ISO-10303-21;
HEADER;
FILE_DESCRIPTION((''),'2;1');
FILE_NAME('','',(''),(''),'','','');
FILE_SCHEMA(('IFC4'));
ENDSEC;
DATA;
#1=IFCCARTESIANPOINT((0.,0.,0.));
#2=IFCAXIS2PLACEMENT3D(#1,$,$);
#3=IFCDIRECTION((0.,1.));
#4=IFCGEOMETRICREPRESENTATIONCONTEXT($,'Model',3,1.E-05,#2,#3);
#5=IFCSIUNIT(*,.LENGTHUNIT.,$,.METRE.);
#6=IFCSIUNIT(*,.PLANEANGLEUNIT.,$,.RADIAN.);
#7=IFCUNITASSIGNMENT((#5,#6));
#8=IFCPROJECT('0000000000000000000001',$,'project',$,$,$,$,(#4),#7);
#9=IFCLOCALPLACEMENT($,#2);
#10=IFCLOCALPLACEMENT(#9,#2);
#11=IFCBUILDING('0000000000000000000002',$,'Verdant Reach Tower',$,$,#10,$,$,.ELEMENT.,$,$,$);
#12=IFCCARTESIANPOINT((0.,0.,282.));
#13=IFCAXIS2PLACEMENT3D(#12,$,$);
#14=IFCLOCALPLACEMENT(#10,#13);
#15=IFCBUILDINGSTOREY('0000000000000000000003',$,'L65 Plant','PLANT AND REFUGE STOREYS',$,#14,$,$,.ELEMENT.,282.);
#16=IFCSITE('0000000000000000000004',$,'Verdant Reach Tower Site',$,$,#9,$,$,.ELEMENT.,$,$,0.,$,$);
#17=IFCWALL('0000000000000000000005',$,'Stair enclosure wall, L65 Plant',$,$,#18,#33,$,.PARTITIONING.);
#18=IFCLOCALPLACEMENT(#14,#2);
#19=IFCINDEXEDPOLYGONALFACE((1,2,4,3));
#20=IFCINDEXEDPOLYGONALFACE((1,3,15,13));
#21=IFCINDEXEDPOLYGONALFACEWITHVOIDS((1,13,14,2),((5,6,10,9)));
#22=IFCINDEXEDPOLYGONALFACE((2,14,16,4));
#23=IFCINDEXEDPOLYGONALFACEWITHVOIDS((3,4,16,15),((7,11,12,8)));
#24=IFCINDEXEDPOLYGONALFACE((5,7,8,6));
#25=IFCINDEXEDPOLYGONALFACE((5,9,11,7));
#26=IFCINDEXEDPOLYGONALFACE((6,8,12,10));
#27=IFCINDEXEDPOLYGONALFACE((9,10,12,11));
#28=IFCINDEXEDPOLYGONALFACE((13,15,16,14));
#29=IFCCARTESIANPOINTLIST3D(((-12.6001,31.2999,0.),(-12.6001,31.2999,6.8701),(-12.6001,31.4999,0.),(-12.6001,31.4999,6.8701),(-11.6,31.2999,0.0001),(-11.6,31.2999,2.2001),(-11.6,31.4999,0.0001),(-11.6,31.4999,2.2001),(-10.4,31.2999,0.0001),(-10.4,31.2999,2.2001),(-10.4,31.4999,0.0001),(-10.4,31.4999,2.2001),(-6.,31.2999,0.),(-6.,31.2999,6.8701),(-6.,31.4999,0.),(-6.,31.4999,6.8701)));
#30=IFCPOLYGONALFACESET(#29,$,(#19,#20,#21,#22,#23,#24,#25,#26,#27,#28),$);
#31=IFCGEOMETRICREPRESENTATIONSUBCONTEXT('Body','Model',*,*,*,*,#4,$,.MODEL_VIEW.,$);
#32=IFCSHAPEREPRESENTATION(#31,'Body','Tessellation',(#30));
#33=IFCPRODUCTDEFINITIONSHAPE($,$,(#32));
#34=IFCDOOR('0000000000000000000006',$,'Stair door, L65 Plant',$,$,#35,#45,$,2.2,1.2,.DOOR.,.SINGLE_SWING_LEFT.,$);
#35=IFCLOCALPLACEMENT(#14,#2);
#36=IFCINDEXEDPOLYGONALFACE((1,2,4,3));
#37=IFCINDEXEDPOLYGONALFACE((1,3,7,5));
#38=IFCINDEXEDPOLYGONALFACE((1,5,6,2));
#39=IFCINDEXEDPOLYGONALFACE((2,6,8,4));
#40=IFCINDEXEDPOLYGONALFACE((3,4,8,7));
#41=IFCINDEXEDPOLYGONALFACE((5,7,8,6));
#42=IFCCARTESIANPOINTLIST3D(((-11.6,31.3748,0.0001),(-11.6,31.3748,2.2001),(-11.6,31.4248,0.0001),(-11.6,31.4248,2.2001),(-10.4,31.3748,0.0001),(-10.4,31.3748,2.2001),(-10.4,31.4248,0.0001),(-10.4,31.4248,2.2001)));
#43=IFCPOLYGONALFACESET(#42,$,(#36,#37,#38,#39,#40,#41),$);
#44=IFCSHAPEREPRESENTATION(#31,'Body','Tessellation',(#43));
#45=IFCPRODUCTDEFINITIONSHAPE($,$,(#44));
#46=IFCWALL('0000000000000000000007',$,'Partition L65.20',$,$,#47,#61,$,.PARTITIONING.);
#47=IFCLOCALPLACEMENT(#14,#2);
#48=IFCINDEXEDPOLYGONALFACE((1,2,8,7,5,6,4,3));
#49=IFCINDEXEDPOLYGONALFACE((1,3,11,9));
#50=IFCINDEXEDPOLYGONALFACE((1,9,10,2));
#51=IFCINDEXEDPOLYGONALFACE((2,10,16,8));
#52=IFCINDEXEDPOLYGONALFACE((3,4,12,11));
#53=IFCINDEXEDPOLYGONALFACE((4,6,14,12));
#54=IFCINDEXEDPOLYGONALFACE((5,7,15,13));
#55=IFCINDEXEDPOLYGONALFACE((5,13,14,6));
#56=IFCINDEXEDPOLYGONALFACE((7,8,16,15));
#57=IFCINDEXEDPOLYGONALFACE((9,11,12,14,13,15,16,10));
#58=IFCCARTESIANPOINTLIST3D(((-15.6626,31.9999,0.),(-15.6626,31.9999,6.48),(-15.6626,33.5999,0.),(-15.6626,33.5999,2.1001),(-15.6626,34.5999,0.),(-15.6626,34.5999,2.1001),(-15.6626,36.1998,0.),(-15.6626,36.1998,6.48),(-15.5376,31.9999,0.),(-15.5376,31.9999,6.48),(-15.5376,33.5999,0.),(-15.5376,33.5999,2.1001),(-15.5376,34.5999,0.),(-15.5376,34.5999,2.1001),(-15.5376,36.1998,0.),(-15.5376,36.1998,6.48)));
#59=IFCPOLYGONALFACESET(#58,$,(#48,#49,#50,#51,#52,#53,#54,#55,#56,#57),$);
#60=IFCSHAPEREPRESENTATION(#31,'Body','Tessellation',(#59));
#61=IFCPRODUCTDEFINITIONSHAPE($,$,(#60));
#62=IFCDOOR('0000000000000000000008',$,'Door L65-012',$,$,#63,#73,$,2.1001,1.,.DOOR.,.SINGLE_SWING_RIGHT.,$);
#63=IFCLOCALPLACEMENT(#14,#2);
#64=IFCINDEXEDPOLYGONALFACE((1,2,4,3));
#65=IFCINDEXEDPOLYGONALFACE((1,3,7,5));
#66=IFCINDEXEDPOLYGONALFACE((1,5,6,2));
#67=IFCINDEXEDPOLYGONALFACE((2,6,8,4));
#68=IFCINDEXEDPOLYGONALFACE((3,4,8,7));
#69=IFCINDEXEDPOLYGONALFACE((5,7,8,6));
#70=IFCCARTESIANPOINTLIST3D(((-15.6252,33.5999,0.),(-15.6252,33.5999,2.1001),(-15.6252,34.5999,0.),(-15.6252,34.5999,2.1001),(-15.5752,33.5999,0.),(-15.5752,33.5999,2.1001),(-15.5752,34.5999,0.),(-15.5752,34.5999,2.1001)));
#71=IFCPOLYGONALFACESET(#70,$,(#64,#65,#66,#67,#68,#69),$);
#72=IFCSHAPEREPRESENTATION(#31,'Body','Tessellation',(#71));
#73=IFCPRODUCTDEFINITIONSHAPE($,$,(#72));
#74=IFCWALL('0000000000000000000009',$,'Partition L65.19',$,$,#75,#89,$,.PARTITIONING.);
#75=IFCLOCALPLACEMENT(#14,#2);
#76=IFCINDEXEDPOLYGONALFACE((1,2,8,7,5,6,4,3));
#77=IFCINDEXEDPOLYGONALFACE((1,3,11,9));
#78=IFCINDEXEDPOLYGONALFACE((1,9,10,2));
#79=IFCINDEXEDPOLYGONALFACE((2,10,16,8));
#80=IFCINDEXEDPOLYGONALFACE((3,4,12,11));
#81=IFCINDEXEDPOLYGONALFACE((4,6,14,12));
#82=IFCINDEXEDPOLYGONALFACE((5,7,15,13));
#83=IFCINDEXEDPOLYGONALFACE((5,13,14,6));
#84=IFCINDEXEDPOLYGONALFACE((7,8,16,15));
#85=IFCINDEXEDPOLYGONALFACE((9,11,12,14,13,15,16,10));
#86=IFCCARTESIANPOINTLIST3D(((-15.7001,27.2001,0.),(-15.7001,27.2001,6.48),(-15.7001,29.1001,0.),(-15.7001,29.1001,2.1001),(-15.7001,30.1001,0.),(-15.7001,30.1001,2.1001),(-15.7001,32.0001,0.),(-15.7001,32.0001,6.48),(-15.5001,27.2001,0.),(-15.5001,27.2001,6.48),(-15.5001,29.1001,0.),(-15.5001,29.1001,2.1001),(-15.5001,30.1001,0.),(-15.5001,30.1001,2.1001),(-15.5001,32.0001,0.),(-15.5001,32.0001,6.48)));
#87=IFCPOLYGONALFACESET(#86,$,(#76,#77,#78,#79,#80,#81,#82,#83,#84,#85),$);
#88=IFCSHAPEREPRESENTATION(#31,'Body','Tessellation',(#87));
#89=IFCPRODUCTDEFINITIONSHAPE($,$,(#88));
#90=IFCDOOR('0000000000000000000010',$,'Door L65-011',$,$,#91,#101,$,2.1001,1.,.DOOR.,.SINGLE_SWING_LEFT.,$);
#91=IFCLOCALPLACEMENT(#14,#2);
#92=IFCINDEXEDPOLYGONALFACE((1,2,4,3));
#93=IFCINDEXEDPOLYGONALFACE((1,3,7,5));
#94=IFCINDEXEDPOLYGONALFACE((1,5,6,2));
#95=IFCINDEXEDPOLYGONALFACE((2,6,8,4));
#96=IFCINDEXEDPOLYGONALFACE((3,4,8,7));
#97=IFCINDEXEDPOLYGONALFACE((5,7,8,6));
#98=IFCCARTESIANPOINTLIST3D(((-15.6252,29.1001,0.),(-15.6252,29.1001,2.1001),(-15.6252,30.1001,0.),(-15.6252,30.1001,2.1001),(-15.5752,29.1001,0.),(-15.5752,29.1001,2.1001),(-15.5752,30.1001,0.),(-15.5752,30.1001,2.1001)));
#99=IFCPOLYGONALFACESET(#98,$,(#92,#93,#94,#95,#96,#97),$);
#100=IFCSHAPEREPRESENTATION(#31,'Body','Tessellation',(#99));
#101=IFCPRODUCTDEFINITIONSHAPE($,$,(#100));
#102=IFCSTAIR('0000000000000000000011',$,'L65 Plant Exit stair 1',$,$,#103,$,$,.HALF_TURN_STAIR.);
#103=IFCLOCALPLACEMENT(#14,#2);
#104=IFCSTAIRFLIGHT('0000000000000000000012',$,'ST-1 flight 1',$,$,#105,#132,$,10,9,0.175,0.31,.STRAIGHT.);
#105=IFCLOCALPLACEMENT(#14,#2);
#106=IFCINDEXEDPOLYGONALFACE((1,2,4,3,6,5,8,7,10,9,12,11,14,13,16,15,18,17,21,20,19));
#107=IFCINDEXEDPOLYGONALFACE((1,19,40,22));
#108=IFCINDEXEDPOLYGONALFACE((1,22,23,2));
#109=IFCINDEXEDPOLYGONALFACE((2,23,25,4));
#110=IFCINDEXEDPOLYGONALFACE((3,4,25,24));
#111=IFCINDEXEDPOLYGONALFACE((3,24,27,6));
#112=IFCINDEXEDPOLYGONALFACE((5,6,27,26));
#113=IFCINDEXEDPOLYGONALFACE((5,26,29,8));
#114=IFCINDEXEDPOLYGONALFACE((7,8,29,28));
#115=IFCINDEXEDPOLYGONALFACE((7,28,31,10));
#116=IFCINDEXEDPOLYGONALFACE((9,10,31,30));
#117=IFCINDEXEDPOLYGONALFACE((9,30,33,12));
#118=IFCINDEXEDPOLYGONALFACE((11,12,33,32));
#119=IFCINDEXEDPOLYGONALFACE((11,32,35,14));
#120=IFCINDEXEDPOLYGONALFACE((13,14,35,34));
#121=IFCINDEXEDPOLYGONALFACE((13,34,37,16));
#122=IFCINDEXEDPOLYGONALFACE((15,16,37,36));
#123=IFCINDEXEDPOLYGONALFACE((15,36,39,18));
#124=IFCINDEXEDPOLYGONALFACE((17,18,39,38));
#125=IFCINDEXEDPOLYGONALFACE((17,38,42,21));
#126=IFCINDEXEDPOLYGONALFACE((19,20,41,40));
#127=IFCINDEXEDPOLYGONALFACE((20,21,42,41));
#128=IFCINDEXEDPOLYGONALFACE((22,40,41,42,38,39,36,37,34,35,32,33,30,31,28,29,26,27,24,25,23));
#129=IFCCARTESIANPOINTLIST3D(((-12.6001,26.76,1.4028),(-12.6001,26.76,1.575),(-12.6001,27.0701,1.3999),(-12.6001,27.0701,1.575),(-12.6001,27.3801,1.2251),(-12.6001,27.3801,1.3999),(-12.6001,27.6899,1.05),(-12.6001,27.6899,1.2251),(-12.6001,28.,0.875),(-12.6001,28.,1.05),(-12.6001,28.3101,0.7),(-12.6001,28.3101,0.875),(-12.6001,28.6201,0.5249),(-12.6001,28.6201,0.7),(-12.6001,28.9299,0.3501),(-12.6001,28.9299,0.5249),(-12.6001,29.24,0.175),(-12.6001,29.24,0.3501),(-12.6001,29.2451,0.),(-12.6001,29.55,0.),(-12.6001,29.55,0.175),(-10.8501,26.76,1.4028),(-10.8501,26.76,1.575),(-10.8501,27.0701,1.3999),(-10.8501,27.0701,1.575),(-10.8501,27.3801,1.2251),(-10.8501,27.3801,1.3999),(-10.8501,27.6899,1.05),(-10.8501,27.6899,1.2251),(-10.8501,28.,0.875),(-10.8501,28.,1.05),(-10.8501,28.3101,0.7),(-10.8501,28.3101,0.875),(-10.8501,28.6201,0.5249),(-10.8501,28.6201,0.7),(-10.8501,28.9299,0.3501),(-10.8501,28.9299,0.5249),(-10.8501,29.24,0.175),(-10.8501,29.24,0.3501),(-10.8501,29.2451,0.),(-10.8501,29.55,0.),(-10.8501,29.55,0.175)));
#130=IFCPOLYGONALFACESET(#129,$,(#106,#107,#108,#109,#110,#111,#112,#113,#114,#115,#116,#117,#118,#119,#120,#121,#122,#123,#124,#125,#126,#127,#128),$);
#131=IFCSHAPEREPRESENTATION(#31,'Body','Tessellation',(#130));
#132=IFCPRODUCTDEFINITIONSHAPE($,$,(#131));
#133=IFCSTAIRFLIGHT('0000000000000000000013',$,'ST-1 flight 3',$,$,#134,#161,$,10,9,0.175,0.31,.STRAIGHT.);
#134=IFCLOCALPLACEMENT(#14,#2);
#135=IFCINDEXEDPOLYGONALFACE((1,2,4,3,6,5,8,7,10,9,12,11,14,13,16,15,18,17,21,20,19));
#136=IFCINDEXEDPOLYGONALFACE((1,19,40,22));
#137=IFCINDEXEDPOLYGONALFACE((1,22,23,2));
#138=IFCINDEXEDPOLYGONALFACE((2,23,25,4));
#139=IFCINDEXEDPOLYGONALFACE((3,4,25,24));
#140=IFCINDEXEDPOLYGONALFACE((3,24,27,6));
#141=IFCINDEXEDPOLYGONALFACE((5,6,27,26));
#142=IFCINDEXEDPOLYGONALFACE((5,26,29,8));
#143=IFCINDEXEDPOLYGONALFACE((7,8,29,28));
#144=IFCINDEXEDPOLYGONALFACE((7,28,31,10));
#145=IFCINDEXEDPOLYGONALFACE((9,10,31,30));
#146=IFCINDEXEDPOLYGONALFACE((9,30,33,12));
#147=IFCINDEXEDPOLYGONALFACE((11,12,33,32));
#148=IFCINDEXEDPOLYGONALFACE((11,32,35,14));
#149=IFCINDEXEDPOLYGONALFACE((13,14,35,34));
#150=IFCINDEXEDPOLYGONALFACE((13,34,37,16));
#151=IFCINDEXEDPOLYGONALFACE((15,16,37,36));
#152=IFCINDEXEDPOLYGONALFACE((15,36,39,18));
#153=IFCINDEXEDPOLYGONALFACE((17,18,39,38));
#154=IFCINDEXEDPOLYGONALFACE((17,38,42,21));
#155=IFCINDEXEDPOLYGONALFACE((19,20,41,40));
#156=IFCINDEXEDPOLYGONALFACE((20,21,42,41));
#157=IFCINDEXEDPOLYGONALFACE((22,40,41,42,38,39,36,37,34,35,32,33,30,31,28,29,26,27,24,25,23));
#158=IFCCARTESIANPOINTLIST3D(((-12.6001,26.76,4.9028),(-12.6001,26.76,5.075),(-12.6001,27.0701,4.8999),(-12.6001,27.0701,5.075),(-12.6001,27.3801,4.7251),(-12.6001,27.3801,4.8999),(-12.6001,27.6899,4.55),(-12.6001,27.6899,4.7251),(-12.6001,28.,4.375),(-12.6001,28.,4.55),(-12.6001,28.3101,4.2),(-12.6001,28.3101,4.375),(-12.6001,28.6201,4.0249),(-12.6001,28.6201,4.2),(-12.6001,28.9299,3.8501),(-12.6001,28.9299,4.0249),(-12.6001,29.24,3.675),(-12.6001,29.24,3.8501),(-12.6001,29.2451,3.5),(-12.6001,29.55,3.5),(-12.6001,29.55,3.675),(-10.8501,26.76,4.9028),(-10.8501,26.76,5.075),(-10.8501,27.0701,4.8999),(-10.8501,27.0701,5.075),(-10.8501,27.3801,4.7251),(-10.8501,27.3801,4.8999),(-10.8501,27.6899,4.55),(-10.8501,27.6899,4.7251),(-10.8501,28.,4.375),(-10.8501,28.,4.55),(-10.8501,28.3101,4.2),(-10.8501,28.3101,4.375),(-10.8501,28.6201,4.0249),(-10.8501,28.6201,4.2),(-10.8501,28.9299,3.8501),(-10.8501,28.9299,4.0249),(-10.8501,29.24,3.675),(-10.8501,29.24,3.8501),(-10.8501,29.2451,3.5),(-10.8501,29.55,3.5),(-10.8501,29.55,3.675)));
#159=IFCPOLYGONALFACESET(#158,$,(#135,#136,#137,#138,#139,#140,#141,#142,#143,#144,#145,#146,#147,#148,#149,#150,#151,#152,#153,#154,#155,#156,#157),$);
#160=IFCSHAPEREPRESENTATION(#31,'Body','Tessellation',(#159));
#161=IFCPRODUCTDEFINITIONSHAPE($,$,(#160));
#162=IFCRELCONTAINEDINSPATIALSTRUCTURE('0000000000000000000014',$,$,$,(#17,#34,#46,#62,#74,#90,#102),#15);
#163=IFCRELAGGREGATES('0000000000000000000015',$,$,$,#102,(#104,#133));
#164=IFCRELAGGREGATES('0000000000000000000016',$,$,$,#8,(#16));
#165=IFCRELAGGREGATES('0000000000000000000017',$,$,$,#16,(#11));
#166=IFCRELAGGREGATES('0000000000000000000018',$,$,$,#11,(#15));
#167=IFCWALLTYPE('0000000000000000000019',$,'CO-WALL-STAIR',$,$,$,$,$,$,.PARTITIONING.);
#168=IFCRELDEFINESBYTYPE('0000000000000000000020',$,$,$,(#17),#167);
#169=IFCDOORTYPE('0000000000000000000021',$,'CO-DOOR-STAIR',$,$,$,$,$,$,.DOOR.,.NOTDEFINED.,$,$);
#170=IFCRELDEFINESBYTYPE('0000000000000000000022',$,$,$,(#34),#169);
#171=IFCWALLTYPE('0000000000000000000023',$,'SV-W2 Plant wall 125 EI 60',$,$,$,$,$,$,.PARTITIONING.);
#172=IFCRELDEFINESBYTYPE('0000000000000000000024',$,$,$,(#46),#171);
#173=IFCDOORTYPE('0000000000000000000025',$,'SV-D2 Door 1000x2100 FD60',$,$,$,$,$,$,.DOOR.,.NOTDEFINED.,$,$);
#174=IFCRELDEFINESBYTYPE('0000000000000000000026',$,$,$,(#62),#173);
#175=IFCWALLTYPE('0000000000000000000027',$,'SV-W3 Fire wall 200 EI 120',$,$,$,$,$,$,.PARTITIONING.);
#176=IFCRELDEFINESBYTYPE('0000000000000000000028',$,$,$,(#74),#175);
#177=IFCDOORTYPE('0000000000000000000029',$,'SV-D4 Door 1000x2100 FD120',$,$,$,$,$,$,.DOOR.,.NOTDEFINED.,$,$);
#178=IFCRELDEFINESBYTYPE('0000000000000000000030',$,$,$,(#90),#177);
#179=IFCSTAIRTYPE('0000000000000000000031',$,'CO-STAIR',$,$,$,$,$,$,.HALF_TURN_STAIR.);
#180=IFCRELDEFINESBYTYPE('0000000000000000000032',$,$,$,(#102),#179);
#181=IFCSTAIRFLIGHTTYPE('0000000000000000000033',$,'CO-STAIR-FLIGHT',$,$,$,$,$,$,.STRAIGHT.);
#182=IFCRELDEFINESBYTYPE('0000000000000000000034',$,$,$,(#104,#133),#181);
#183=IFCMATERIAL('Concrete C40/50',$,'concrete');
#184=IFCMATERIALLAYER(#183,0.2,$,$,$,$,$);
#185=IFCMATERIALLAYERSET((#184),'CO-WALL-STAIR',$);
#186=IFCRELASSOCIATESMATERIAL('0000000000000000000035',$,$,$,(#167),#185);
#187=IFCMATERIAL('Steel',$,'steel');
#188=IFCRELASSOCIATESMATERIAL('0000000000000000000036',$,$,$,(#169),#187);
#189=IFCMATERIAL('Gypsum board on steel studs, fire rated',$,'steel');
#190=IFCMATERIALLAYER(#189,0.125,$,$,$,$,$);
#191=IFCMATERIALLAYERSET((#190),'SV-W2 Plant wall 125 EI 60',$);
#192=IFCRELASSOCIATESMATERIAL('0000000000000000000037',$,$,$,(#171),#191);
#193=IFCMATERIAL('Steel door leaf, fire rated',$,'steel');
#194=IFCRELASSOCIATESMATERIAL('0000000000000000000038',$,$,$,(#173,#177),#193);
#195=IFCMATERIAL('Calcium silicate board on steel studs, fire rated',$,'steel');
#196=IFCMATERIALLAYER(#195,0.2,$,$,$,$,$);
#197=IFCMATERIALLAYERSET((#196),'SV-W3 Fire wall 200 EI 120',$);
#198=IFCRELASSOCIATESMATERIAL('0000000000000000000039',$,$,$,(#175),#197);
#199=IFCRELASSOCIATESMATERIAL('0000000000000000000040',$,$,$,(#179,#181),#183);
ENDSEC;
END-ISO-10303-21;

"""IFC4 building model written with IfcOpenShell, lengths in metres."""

from ifc_helpers import new_model, si_unit, direction, frame, frame_2d, origin, place, context, subcontext, project, spatial, polyline, rectangle, outline, extrude, material, layer, layer_set, type_object, element, fill, aggregate, save


model = new_model("IFC4")

# Units and contexts
model_context = context("Model", 3, precision=1e-05, world=origin(), true_north=direction((0.0, 1.0)))
body_context = subcontext(model_context, "Body", "Model", "MODEL_VIEW")
ifc_project = project(units=[si_unit("LENGTHUNIT", "METRE"), si_unit("PLANEANGLEUNIT", "RADIAN")], contexts=[model_context])

# Site, building, storey
site_placement = place(None, origin())
site = spatial("IfcSite", under=ifc_project, at=site_placement, Name="Verdant Reach Tower Site", CompositionType="ELEMENT", RefElevation=0.0)
building_placement = place(site_placement, origin())
building = spatial("IfcBuilding", under=site, at=building_placement, Name="Verdant Reach Tower", CompositionType="ELEMENT")
storey_placement = place(building_placement, frame((0.0, 0.0, 282.0)))
storey = spatial("IfcBuildingStorey", under=building, at=storey_placement, Name="L65 Plant", Description="PLANT AND REFUGE STOREYS", CompositionType="ELEMENT", Elevation=282.0)

# Shared definitions
ifc_material_1 = material(Name="Concrete C40/50", Category="concrete")
ifc_material_2 = material(Name="Steel", Category="steel")

# Walls, openings, doors
ifc_layer_1 = layer(ifc_material_1, 0.2)
ifc_layer_set_1 = layer_set([ifc_layer_1], Name="CO-WALL-STAIR")
wall_type_1 = type_object("IfcWallType", Name="CO-WALL-STAIR", PredefinedType="PARTITIONING", material=ifc_layer_set_1)
wall_1_placement = place(storey_placement, frame((-12.6001, 31.3999, 0.0), z_axis=(0.0, 0.0, 1.0), x_axis=(1.0, 0.0, 0.0)))
wall_1 = element("IfcWall", 1, at=wall_1_placement, inside=storey, type_object=wall_type_1, Name="Stair enclosure wall, L65 Plant", PredefinedType="PARTITIONING", context=body_context, shape_type="SweptSolid", body=[
    extrude(rectangle(XDim=6.6001, YDim=0.2, at=frame_2d((3.3, 0.0))), origin(), (0.0, 0.0, 1.0), 6.8701),
])
opening_1_placement = place(wall_1_placement, frame((1.0, 0.0, 0.0)))
opening_1 = element("IfcOpeningElement", 2, at=opening_1_placement, cuts=wall_1, PredefinedType="OPENING", context=body_context, shape_type="SweptSolid", body=[
    extrude(rectangle(XDim=1.2, YDim=2.2, at=frame_2d((0.6001, 1.1001))), frame((0.0, 0.1099, 0.0), z_axis=(0.0, -1.0, 0.0), x_axis=(1.0, 0.0, 0.0)), (0.0, 0.0, 1.0), 0.22),
])
door_type_1 = type_object("IfcDoorType", Name="CO-DOOR-STAIR", OperationType="NOTDEFINED", PredefinedType="DOOR", material=ifc_material_2)
door_1_placement = place(opening_1_placement, origin())
door_1 = element("IfcDoor", 3, at=door_1_placement, inside=storey, type_object=door_type_1, Name="Stair door, L65 Plant", OperationType="SINGLE_SWING_LEFT", OverallHeight=2.2, OverallWidth=1.2, PredefinedType="DOOR", context=body_context, shape_type="SweptSolid", body=[
    extrude(rectangle(XDim=1.2, YDim=2.2, at=frame_2d((0.6001, 1.1001))), frame((0.0, 0.0249, 0.0), z_axis=(0.0, -1.0, 0.0), x_axis=(1.0, 0.0, 0.0)), (0.0, 0.0, 1.0), 0.05),
])
fill(opening_1, door_1)
ifc_material_3 = material(Name="Gypsum board on steel studs, fire rated", Category="steel")
ifc_layer_2 = layer(ifc_material_3, 0.125)
ifc_layer_set_2 = layer_set([ifc_layer_2], Name="SV-W2 Plant wall 125 EI 60")
wall_type_2 = type_object("IfcWallType", Name="SV-W2 Plant wall 125 EI 60", PredefinedType="PARTITIONING", material=ifc_layer_set_2)
wall_2_placement = place(storey_placement, frame((-15.6001, 36.2, 0.0), z_axis=(0.0, 0.0, 1.0), x_axis=(0.0, -1.0, 0.0)))
wall_2 = element("IfcWall", 4, at=wall_2_placement, inside=storey, type_object=wall_type_2, Name="Partition L65.20", PredefinedType="PARTITIONING", context=body_context, shape_type="SweptSolid", body=[
    extrude(rectangle(XDim=4.2, YDim=0.125, at=frame_2d((2.1001, 0.0))), origin(), (0.0, 0.0, 1.0), 6.48),
])
opening_2_placement = place(wall_2_placement, frame((1.6001, 0.0, 0.0)))
opening_2 = element("IfcOpeningElement", 5, at=opening_2_placement, cuts=wall_2, PredefinedType="OPENING", context=body_context, shape_type="SweptSolid", body=[
    extrude(rectangle(XDim=1.0, YDim=2.1001, at=frame_2d((0.5, 1.05))), frame((0.0, 0.0725, 0.0), z_axis=(0.0, -1.0, 0.0), x_axis=(1.0, 0.0, 0.0)), (0.0, 0.0, 1.0), 0.145),
])
ifc_material_4 = material(Name="Steel door leaf, fire rated", Category="steel")
door_type_2 = type_object("IfcDoorType", Name="SV-D2 Door 1000x2100 FD60", OperationType="NOTDEFINED", PredefinedType="DOOR", material=ifc_material_4)
door_2_placement = place(opening_2_placement, origin())
door_2 = element("IfcDoor", 6, at=door_2_placement, inside=storey, type_object=door_type_2, Name="Door L65-012", OperationType="SINGLE_SWING_RIGHT", OverallHeight=2.1001, OverallWidth=1.0, PredefinedType="DOOR", context=body_context, shape_type="SweptSolid", body=[
    extrude(rectangle(XDim=1.0, YDim=2.1001, at=frame_2d((0.5, 1.05))), frame((0.0, 0.0249, 0.0), z_axis=(0.0, -1.0, 0.0), x_axis=(1.0, 0.0, 0.0)), (0.0, 0.0, 1.0), 0.05),
])
fill(opening_2, door_2)
ifc_material_5 = material(Name="Calcium silicate board on steel studs, fire rated", Category="steel")
ifc_layer_3 = layer(ifc_material_5, 0.2)
ifc_layer_set_3 = layer_set([ifc_layer_3], Name="SV-W3 Fire wall 200 EI 120")
wall_type_3 = type_object("IfcWallType", Name="SV-W3 Fire wall 200 EI 120", PredefinedType="PARTITIONING", material=ifc_layer_set_3)
wall_3_placement = place(storey_placement, frame((-15.6001, 32.0, 0.0), z_axis=(0.0, 0.0, 1.0), x_axis=(0.0, -1.0, 0.0)))
wall_3 = element("IfcWall", 7, at=wall_3_placement, inside=storey, type_object=wall_type_3, Name="Partition L65.19", PredefinedType="PARTITIONING", context=body_context, shape_type="SweptSolid", body=[
    extrude(rectangle(XDim=4.8, YDim=0.2, at=frame_2d((2.3999, 0.0))), origin(), (0.0, 0.0, 1.0), 6.48),
])
opening_3_placement = place(wall_3_placement, frame((1.8999, 0.0, 0.0)))
opening_3 = element("IfcOpeningElement", 8, at=opening_3_placement, cuts=wall_3, PredefinedType="OPENING", context=body_context, shape_type="SweptSolid", body=[
    extrude(rectangle(XDim=1.0, YDim=2.1001, at=frame_2d((0.5, 1.05))), frame((0.0, 0.1099, 0.0), z_axis=(0.0, -1.0, 0.0), x_axis=(1.0, 0.0, 0.0)), (0.0, 0.0, 1.0), 0.22),
])
door_type_3 = type_object("IfcDoorType", Name="SV-D4 Door 1000x2100 FD120", OperationType="NOTDEFINED", PredefinedType="DOOR", material=ifc_material_4)
door_3_placement = place(opening_3_placement, origin())
door_3 = element("IfcDoor", 9, at=door_3_placement, inside=storey, type_object=door_type_3, Name="Door L65-011", OperationType="SINGLE_SWING_LEFT", OverallHeight=2.1001, OverallWidth=1.0, PredefinedType="DOOR", context=body_context, shape_type="SweptSolid", body=[
    extrude(rectangle(XDim=1.0, YDim=2.1001, at=frame_2d((0.5, 1.05))), frame((0.0, 0.0249, 0.0), z_axis=(0.0, -1.0, 0.0), x_axis=(1.0, 0.0, 0.0)), (0.0, 0.0, 1.0), 0.05),
])
fill(opening_3, door_3)

# Stair, stair flights
stair_type = type_object("IfcStairType", Name="CO-STAIR", PredefinedType="HALF_TURN_STAIR", material=ifc_material_1)
stair_placement = place(storey_placement, origin())
stair = element("IfcStair", 10, at=stair_placement, inside=storey, type_object=stair_type, Name="L65 Plant Exit stair 1", PredefinedType="HALF_TURN_STAIR")
stair_flight_type = type_object("IfcStairFlightType", Name="CO-STAIR-FLIGHT", PredefinedType="STRAIGHT", material=ifc_material_1)
stair_flight_1_placement = place(storey_placement, frame((-11.7251, 29.55, 0.0), z_axis=(0.0, 0.0, 1.0), x_axis=(0.0, -1.0, 0.0)))
stair_flight_1 = element("IfcStairFlight", 11, at=stair_flight_1_placement, type_object=stair_flight_type, Name="ST-1 flight 1", NumberOfRisers=10, NumberOfTreads=9, PredefinedType="STRAIGHT", RiserHeight=0.175, TreadLength=0.31, context=body_context, shape_type="SweptSolid", body=[
    extrude(outline(polyline([(0.0, 0.0), (0.0, 0.175), (0.3101, 0.175), (0.3101, 0.3501), (0.6201, 0.3501), (0.6201, 0.5249), (0.9299, 0.5249), (0.9299, 0.7), (1.24, 0.7), (1.24, 0.875), (1.55, 0.875), (1.55, 1.05), (1.8601, 1.05), (1.8601, 1.2251), (2.1699, 1.2251), (2.1699, 1.3999), (2.48, 1.3999), (2.48, 1.575), (2.79, 1.575), (2.79, 1.75), (2.79, 1.4028), (0.3049, 0.0), (0.0, 0.0)])), frame((0.0, 0.875, 0.0), z_axis=(0.0, -1.0, 0.0), x_axis=(1.0, 0.0, 0.0)), (0.0, 0.0, 1.0), 1.75),
])
stair_flight_2_placement = place(storey_placement, frame((-11.7251, 29.55, 3.5), z_axis=(0.0, 0.0, 1.0), x_axis=(0.0, -1.0, 0.0)))
stair_flight_2 = element("IfcStairFlight", 12, at=stair_flight_2_placement, type_object=stair_flight_type, Name="ST-1 flight 3", NumberOfRisers=10, NumberOfTreads=9, PredefinedType="STRAIGHT", RiserHeight=0.175, TreadLength=0.31, context=body_context, shape_type="SweptSolid", body=[
    extrude(outline(polyline([(0.0, 0.0), (0.0, 0.175), (0.3101, 0.175), (0.3101, 0.3501), (0.6201, 0.3501), (0.6201, 0.5249), (0.9299, 0.5249), (0.9299, 0.7), (1.24, 0.7), (1.24, 0.875), (1.55, 0.875), (1.55, 1.05), (1.8601, 1.05), (1.8601, 1.2251), (2.1699, 1.2251), (2.1699, 1.3999), (2.48, 1.3999), (2.48, 1.575), (2.79, 1.575), (2.79, 1.75), (2.79, 1.4028), (0.3049, 0.0), (0.0, 0.0)])), frame((0.0, 0.875, 0.0), z_axis=(0.0, -1.0, 0.0), x_axis=(1.0, 0.0, 0.0)), (0.0, 0.0, 1.0), 1.75),
])
aggregate(stair, [stair_flight_1, stair_flight_2])

save(model, "model.ifc")
